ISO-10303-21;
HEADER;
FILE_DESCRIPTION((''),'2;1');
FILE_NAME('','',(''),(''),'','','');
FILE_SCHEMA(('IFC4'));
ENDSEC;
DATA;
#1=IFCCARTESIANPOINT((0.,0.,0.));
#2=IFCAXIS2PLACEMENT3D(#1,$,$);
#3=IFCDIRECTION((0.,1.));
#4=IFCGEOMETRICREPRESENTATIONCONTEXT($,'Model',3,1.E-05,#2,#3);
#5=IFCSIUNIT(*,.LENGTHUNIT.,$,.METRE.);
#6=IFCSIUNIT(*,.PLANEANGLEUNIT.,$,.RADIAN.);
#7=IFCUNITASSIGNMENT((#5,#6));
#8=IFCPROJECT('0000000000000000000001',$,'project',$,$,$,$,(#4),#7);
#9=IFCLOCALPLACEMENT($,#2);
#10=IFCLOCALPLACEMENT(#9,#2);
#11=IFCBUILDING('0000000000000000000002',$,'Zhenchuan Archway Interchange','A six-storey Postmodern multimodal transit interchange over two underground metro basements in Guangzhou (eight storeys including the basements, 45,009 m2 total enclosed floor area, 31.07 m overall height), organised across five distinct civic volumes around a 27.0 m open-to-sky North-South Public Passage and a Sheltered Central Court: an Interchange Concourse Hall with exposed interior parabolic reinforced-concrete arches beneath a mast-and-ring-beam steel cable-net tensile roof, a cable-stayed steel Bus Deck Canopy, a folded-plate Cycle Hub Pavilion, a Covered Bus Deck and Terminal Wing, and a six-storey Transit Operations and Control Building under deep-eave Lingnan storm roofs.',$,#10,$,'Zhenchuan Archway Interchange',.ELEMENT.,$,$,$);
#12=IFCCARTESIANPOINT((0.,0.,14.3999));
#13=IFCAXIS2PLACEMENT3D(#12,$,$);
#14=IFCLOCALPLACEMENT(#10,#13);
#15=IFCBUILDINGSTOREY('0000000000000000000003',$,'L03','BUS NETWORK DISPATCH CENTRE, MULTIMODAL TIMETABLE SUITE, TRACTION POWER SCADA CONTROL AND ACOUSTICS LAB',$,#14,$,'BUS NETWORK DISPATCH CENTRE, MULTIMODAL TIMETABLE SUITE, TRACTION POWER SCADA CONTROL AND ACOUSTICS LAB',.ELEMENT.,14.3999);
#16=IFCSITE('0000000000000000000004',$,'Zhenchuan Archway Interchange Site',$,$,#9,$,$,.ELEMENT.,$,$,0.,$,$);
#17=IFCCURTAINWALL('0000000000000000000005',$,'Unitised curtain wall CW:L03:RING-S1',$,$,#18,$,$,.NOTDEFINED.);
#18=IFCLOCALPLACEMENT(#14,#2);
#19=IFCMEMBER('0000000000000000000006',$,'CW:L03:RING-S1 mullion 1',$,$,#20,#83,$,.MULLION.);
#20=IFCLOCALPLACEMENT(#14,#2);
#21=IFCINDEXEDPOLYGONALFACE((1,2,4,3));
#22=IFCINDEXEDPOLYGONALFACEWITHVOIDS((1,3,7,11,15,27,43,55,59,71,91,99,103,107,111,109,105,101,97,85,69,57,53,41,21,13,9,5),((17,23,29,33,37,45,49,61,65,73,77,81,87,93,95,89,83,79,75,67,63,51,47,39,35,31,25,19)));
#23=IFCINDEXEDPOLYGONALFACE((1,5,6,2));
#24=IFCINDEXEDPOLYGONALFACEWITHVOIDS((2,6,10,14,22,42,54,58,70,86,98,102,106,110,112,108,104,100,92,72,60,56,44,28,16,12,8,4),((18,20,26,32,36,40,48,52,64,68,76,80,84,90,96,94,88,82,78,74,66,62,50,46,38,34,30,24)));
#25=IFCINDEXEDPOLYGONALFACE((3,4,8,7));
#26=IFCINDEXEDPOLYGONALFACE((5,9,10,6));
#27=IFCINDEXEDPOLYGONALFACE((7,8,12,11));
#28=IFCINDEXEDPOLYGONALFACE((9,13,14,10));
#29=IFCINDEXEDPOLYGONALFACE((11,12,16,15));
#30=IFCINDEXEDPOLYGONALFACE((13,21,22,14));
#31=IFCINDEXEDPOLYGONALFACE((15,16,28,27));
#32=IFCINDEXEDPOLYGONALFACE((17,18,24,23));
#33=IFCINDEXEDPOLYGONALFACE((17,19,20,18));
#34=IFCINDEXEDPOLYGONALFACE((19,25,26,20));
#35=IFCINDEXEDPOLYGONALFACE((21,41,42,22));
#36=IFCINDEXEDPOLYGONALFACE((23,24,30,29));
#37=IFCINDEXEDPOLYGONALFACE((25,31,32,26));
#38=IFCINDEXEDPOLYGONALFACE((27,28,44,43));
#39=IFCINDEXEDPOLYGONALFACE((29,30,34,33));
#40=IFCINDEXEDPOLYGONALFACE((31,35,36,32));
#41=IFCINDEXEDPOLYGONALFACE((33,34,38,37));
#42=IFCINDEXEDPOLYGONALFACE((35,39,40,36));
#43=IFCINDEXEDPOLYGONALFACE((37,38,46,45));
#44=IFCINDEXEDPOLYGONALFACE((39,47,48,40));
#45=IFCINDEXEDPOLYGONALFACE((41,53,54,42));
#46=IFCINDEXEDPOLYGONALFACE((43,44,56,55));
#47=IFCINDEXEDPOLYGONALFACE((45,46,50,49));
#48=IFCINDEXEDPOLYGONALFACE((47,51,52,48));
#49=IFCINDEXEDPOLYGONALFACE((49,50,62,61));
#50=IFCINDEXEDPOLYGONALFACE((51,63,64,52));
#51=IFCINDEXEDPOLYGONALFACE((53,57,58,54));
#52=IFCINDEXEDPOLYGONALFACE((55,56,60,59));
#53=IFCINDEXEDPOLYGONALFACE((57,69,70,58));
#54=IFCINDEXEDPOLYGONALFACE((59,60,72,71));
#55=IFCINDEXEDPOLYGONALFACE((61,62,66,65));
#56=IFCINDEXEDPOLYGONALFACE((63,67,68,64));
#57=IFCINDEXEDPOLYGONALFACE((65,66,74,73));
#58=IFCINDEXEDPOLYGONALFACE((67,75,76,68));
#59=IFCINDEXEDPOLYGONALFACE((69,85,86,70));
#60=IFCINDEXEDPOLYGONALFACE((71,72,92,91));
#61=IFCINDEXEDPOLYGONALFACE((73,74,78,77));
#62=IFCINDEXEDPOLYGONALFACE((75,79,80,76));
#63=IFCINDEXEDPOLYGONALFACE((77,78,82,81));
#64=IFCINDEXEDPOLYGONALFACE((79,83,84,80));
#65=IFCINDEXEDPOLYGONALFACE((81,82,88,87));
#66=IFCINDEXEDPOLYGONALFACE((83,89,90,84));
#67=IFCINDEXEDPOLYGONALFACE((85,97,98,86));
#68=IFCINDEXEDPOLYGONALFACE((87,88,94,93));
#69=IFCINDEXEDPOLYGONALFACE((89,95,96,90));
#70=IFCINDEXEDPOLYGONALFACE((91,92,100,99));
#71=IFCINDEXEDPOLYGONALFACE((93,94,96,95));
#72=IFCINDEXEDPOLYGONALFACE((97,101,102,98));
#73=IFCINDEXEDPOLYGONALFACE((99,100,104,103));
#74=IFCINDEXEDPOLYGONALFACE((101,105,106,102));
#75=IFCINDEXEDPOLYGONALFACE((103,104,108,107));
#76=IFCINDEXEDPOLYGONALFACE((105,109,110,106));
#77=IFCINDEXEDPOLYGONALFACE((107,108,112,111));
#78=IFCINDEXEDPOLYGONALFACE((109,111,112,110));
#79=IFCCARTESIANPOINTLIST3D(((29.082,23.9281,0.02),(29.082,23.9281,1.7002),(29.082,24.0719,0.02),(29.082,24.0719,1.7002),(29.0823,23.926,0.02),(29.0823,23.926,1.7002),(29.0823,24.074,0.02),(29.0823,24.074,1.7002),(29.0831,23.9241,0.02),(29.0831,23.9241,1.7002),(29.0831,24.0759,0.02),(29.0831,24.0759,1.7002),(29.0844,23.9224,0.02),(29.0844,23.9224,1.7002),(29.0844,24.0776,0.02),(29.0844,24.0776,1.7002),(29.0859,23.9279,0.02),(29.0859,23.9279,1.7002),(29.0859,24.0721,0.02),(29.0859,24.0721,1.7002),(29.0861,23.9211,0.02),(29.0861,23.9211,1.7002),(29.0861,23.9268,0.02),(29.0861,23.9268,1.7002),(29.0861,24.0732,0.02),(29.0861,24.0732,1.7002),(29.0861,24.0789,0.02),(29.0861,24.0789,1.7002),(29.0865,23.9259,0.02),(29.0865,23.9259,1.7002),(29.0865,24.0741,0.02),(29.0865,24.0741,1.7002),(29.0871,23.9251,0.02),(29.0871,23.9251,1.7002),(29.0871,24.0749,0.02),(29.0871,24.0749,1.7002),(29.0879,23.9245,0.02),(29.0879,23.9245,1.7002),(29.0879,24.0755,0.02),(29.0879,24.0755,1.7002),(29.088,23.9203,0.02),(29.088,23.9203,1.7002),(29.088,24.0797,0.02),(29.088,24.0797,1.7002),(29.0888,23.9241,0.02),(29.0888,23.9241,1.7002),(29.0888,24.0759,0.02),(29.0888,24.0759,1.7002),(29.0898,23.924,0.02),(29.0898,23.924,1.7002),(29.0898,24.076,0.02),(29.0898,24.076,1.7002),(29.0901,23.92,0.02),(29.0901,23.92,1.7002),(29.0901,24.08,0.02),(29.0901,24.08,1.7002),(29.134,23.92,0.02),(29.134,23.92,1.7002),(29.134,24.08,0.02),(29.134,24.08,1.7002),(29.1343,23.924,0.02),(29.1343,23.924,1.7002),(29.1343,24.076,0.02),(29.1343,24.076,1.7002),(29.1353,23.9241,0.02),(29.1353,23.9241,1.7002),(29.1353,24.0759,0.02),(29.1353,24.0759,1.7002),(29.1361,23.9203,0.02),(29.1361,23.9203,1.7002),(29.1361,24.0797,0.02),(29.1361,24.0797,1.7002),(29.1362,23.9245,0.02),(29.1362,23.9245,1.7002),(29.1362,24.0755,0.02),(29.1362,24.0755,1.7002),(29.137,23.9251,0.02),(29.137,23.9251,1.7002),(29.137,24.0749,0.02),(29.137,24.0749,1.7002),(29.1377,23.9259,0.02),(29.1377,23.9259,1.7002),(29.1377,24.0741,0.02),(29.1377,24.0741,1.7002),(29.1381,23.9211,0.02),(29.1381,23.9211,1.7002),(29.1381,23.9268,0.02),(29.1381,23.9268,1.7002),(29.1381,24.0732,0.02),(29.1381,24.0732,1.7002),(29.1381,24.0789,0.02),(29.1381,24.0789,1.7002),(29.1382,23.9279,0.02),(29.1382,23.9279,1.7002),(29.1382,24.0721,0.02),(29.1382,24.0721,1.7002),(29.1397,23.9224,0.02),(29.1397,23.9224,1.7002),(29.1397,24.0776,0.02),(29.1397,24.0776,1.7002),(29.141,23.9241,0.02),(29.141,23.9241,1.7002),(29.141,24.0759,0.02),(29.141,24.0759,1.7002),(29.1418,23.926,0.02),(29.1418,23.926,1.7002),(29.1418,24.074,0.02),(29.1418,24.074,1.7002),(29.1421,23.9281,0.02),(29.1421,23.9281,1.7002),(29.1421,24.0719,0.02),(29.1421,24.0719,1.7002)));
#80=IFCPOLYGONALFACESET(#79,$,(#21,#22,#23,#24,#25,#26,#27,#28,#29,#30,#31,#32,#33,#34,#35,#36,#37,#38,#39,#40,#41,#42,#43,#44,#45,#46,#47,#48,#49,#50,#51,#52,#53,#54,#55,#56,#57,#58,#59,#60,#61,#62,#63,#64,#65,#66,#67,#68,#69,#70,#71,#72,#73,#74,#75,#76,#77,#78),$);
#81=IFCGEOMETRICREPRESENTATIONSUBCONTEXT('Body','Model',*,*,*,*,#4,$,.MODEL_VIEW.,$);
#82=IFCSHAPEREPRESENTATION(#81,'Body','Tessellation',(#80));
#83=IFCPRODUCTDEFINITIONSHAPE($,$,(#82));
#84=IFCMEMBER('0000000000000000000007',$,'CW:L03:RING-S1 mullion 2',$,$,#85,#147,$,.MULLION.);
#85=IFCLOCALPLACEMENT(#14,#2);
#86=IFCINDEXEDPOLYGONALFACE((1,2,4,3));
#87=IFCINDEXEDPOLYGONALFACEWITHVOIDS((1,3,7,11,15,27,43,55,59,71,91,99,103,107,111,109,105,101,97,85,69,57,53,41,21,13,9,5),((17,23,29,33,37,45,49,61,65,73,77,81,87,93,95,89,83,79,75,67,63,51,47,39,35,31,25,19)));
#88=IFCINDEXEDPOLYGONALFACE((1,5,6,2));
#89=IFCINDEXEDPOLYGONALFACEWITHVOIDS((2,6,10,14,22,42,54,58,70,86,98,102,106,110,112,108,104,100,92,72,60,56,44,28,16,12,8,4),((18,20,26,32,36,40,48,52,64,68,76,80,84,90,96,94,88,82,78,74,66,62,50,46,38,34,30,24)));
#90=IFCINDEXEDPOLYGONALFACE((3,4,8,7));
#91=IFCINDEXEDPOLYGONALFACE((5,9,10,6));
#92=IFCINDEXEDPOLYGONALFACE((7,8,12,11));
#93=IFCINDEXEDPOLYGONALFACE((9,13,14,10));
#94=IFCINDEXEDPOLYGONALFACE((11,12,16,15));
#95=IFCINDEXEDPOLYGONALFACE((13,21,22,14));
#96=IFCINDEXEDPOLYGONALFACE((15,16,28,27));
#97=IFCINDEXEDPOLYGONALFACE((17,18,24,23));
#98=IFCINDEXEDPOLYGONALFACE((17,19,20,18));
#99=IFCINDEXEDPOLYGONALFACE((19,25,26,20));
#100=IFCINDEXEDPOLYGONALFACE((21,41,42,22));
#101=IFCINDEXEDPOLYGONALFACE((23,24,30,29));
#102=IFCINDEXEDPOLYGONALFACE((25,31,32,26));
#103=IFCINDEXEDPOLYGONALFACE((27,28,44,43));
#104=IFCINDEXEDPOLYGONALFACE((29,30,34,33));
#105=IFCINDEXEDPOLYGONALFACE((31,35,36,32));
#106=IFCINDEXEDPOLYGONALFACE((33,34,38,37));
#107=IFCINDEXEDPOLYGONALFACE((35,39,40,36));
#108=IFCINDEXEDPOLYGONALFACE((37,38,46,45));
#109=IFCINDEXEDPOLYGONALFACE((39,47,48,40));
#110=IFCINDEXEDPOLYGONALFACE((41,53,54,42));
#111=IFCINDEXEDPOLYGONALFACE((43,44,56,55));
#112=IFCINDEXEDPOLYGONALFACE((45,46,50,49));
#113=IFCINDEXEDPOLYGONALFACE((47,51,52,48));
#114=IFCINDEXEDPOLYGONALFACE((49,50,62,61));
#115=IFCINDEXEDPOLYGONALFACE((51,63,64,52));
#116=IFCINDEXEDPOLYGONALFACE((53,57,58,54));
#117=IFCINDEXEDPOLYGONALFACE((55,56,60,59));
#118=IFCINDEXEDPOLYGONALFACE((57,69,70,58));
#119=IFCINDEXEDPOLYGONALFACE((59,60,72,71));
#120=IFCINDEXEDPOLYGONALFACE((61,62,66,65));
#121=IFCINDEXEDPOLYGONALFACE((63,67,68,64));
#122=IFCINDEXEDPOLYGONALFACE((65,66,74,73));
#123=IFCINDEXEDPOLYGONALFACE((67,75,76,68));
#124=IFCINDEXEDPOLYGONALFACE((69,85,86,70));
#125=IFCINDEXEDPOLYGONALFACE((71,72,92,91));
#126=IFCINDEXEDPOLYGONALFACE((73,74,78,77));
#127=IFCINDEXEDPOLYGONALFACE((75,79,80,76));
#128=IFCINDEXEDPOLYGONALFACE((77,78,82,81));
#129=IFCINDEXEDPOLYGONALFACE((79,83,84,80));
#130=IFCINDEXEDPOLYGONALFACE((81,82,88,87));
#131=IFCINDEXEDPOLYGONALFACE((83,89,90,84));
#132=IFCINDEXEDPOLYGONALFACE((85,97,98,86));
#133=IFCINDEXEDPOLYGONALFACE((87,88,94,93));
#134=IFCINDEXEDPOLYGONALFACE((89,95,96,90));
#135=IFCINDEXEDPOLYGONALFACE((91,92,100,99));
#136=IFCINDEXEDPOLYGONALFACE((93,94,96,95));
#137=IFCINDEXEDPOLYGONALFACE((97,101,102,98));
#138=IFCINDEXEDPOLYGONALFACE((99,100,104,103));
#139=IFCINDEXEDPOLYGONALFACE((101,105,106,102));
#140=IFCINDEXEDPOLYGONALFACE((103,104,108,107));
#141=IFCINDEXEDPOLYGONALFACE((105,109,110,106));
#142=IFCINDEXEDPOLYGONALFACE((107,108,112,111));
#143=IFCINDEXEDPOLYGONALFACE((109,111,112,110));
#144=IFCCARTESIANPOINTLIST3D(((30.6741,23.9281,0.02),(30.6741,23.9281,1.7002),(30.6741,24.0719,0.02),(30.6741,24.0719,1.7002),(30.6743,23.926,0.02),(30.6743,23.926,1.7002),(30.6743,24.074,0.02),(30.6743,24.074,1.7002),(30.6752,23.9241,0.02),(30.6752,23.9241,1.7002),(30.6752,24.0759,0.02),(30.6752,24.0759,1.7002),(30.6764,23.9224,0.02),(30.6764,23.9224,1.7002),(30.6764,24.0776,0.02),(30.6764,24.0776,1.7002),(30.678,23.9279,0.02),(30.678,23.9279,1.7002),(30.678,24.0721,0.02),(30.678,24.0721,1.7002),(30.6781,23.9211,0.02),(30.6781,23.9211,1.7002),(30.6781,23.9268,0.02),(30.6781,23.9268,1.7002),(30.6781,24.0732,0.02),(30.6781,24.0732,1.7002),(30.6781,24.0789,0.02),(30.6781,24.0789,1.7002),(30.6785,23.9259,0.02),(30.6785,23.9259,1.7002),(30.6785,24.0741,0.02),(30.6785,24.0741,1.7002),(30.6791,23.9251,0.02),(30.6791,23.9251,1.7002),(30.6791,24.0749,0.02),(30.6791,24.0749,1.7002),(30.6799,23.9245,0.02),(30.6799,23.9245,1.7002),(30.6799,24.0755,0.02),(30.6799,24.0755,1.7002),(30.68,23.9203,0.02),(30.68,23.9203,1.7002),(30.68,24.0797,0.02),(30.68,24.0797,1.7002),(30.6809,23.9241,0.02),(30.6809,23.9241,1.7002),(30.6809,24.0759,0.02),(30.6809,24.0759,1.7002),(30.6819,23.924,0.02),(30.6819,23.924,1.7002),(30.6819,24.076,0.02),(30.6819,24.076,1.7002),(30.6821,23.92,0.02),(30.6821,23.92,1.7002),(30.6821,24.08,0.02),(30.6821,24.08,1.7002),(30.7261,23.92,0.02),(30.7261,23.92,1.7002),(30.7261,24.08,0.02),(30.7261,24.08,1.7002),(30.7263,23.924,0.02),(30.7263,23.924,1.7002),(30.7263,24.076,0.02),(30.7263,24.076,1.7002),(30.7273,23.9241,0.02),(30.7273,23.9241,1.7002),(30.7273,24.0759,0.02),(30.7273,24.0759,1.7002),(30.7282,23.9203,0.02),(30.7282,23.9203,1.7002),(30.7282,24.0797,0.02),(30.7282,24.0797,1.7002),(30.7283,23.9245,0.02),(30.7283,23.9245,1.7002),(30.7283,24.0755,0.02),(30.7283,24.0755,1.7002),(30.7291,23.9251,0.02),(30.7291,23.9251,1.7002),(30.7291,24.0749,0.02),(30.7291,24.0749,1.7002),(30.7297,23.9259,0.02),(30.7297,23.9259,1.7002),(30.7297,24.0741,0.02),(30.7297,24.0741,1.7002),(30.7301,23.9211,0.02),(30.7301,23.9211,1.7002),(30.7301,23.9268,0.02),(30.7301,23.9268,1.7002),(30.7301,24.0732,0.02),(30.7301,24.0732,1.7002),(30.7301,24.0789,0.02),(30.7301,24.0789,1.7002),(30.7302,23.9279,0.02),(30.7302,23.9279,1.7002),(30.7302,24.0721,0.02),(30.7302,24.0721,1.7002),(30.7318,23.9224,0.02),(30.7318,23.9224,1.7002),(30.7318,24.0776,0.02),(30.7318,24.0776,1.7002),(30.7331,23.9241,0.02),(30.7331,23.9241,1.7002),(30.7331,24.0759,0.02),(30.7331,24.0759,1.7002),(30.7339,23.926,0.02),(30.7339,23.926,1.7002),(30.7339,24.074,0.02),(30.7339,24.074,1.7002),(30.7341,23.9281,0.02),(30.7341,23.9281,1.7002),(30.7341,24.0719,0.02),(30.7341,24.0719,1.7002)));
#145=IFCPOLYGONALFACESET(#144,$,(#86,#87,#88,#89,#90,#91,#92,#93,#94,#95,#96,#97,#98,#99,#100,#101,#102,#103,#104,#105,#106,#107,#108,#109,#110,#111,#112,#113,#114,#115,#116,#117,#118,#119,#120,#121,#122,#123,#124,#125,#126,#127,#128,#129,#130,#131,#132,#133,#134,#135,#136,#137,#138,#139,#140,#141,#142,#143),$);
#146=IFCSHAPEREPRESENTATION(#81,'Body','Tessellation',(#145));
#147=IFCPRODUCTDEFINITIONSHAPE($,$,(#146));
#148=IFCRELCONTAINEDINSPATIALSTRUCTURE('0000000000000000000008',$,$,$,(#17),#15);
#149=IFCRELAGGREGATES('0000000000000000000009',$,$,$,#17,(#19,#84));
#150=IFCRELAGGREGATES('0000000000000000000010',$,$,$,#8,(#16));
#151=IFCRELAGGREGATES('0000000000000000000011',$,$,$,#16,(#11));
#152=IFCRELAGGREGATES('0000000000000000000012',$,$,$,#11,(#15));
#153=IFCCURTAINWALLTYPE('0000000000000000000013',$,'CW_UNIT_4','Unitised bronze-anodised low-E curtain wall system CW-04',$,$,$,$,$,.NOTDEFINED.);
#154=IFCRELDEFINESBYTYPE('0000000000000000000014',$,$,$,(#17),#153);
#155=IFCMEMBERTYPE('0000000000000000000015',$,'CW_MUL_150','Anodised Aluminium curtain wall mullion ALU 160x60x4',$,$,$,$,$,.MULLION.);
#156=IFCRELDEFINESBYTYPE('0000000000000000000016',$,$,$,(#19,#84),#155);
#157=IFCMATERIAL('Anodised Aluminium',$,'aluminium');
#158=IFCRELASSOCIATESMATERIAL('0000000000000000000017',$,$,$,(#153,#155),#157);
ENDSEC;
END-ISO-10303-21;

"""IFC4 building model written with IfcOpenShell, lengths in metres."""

from ifc_helpers import new_model, si_unit, direction, frame, origin, origin_2d, place, context, subcontext, project, spatial, hollow_rectangle, extrude, material, material_profile, profile_set, type_object, element, aggregate, save


model = new_model("IFC4")

# Units and contexts
model_context = context("Model", 3, precision=1e-05, world=origin(), true_north=direction((0.0, 1.0)))
body_context = subcontext(model_context, "Body", "Model", "MODEL_VIEW")
ifc_project = project(units=[si_unit("LENGTHUNIT", "METRE"), si_unit("PLANEANGLEUNIT", "RADIAN")], contexts=[model_context])

# Site, building, storey
site_placement = place(None, origin())
site = spatial("IfcSite", under=ifc_project, at=site_placement, Name="Zhenchuan Archway Interchange Site", CompositionType="ELEMENT", RefElevation=0.0)
building_placement = place(site_placement, origin())
building = spatial("IfcBuilding", under=site, at=building_placement, Name="Zhenchuan Archway Interchange", Description="A six-storey Postmodern multimodal transit interchange over two underground metro basements in Guangzhou (eight storeys including the basements, 45,009 m2 total enclosed floor area, 31.07 m overall height), organised across five distinct civic volumes around a 27.0 m open-to-sky North-South Public Passage and a Sheltered Central Court: an Interchange Concourse Hall with exposed interior parabolic reinforced-concrete arches beneath a mast-and-ring-beam steel cable-net tensile roof, a cable-stayed steel Bus Deck Canopy, a folded-plate Cycle Hub Pavilion, a Covered Bus Deck and Terminal Wing, and a six-storey Transit Operations and Control Building under deep-eave Lingnan storm roofs.", LongName="Zhenchuan Archway Interchange", CompositionType="ELEMENT")
storey_placement = place(building_placement, frame((0.0, 0.0, 14.3999)))
storey = spatial("IfcBuildingStorey", under=building, at=storey_placement, Name="L03", Description="BUS NETWORK DISPATCH CENTRE, MULTIMODAL TIMETABLE SUITE, TRACTION POWER SCADA CONTROL AND ACOUSTICS LAB", LongName="BUS NETWORK DISPATCH CENTRE, MULTIMODAL TIMETABLE SUITE, TRACTION POWER SCADA CONTROL AND ACOUSTICS LAB", CompositionType="ELEMENT", Elevation=14.3999)

# Curtain wall, members
ifc_material_1 = material(Name="Anodised Aluminium", Category="aluminium")
curtain_wall_type = type_object("IfcCurtainWallType", Name="CW_UNIT_4", Description="Unitised bronze-anodised low-E curtain wall system CW-04", PredefinedType="NOTDEFINED", material=ifc_material_1)
curtain_wall_placement = place(storey_placement, origin())
curtain_wall = element("IfcCurtainWall", 1, at=curtain_wall_placement, inside=storey, type_object=curtain_wall_type, Name="Unitised curtain wall CW:L03:RING-S1", PredefinedType="NOTDEFINED")
ifc_material_profile_1 = material_profile(ifc_material_1, hollow_rectangle(XDim=0.0601, YDim=0.1599, WallThickness=0.0039, InnerFilletRadius=0.0039, OuterFilletRadius=0.0081, at=origin_2d()), Name="ALU 160x60x4")
ifc_profile_set_1 = profile_set([ifc_material_profile_1], Name="Anodised Aluminium")
member_type_1 = type_object("IfcMemberType", Name="CW_MUL_150", Description="Anodised Aluminium curtain wall mullion ALU 160x60x4", PredefinedType="MULLION", material=ifc_profile_set_1)
member_1_placement = place(storey_placement, frame((29.1121, 24.0, 0.02), z_axis=(0.0, 0.0, 1.0), x_axis=(1.0, 0.0, 0.0)))
member_1 = element("IfcMember", 2, at=member_1_placement, type_object=member_type_1, Name="CW:L03:RING-S1 mullion 1", PredefinedType="MULLION", context=body_context, shape_type="SweptSolid", body=[
    extrude(hollow_rectangle(XDim=0.0601, YDim=0.1599, WallThickness=0.0039, InnerFilletRadius=0.0039, OuterFilletRadius=0.0081, at=origin_2d()), origin(), (0.0, 0.0, 1.0), 1.6802),
])
member_2_placement = place(storey_placement, frame((30.7041, 24.0, 0.02), z_axis=(0.0, 0.0, 1.0), x_axis=(1.0, 0.0, 0.0)))
member_2 = element("IfcMember", 3, at=member_2_placement, type_object=member_type_1, Name="CW:L03:RING-S1 mullion 2", PredefinedType="MULLION", context=body_context, shape_type="SweptSolid", body=[
    extrude(hollow_rectangle(XDim=0.0601, YDim=0.1599, WallThickness=0.0039, InnerFilletRadius=0.0039, OuterFilletRadius=0.0081, at=origin_2d()), origin(), (0.0, 0.0, 1.0), 1.6802),
])

aggregate(curtain_wall, [member_1, member_2])

save(model, "model.ifc")
